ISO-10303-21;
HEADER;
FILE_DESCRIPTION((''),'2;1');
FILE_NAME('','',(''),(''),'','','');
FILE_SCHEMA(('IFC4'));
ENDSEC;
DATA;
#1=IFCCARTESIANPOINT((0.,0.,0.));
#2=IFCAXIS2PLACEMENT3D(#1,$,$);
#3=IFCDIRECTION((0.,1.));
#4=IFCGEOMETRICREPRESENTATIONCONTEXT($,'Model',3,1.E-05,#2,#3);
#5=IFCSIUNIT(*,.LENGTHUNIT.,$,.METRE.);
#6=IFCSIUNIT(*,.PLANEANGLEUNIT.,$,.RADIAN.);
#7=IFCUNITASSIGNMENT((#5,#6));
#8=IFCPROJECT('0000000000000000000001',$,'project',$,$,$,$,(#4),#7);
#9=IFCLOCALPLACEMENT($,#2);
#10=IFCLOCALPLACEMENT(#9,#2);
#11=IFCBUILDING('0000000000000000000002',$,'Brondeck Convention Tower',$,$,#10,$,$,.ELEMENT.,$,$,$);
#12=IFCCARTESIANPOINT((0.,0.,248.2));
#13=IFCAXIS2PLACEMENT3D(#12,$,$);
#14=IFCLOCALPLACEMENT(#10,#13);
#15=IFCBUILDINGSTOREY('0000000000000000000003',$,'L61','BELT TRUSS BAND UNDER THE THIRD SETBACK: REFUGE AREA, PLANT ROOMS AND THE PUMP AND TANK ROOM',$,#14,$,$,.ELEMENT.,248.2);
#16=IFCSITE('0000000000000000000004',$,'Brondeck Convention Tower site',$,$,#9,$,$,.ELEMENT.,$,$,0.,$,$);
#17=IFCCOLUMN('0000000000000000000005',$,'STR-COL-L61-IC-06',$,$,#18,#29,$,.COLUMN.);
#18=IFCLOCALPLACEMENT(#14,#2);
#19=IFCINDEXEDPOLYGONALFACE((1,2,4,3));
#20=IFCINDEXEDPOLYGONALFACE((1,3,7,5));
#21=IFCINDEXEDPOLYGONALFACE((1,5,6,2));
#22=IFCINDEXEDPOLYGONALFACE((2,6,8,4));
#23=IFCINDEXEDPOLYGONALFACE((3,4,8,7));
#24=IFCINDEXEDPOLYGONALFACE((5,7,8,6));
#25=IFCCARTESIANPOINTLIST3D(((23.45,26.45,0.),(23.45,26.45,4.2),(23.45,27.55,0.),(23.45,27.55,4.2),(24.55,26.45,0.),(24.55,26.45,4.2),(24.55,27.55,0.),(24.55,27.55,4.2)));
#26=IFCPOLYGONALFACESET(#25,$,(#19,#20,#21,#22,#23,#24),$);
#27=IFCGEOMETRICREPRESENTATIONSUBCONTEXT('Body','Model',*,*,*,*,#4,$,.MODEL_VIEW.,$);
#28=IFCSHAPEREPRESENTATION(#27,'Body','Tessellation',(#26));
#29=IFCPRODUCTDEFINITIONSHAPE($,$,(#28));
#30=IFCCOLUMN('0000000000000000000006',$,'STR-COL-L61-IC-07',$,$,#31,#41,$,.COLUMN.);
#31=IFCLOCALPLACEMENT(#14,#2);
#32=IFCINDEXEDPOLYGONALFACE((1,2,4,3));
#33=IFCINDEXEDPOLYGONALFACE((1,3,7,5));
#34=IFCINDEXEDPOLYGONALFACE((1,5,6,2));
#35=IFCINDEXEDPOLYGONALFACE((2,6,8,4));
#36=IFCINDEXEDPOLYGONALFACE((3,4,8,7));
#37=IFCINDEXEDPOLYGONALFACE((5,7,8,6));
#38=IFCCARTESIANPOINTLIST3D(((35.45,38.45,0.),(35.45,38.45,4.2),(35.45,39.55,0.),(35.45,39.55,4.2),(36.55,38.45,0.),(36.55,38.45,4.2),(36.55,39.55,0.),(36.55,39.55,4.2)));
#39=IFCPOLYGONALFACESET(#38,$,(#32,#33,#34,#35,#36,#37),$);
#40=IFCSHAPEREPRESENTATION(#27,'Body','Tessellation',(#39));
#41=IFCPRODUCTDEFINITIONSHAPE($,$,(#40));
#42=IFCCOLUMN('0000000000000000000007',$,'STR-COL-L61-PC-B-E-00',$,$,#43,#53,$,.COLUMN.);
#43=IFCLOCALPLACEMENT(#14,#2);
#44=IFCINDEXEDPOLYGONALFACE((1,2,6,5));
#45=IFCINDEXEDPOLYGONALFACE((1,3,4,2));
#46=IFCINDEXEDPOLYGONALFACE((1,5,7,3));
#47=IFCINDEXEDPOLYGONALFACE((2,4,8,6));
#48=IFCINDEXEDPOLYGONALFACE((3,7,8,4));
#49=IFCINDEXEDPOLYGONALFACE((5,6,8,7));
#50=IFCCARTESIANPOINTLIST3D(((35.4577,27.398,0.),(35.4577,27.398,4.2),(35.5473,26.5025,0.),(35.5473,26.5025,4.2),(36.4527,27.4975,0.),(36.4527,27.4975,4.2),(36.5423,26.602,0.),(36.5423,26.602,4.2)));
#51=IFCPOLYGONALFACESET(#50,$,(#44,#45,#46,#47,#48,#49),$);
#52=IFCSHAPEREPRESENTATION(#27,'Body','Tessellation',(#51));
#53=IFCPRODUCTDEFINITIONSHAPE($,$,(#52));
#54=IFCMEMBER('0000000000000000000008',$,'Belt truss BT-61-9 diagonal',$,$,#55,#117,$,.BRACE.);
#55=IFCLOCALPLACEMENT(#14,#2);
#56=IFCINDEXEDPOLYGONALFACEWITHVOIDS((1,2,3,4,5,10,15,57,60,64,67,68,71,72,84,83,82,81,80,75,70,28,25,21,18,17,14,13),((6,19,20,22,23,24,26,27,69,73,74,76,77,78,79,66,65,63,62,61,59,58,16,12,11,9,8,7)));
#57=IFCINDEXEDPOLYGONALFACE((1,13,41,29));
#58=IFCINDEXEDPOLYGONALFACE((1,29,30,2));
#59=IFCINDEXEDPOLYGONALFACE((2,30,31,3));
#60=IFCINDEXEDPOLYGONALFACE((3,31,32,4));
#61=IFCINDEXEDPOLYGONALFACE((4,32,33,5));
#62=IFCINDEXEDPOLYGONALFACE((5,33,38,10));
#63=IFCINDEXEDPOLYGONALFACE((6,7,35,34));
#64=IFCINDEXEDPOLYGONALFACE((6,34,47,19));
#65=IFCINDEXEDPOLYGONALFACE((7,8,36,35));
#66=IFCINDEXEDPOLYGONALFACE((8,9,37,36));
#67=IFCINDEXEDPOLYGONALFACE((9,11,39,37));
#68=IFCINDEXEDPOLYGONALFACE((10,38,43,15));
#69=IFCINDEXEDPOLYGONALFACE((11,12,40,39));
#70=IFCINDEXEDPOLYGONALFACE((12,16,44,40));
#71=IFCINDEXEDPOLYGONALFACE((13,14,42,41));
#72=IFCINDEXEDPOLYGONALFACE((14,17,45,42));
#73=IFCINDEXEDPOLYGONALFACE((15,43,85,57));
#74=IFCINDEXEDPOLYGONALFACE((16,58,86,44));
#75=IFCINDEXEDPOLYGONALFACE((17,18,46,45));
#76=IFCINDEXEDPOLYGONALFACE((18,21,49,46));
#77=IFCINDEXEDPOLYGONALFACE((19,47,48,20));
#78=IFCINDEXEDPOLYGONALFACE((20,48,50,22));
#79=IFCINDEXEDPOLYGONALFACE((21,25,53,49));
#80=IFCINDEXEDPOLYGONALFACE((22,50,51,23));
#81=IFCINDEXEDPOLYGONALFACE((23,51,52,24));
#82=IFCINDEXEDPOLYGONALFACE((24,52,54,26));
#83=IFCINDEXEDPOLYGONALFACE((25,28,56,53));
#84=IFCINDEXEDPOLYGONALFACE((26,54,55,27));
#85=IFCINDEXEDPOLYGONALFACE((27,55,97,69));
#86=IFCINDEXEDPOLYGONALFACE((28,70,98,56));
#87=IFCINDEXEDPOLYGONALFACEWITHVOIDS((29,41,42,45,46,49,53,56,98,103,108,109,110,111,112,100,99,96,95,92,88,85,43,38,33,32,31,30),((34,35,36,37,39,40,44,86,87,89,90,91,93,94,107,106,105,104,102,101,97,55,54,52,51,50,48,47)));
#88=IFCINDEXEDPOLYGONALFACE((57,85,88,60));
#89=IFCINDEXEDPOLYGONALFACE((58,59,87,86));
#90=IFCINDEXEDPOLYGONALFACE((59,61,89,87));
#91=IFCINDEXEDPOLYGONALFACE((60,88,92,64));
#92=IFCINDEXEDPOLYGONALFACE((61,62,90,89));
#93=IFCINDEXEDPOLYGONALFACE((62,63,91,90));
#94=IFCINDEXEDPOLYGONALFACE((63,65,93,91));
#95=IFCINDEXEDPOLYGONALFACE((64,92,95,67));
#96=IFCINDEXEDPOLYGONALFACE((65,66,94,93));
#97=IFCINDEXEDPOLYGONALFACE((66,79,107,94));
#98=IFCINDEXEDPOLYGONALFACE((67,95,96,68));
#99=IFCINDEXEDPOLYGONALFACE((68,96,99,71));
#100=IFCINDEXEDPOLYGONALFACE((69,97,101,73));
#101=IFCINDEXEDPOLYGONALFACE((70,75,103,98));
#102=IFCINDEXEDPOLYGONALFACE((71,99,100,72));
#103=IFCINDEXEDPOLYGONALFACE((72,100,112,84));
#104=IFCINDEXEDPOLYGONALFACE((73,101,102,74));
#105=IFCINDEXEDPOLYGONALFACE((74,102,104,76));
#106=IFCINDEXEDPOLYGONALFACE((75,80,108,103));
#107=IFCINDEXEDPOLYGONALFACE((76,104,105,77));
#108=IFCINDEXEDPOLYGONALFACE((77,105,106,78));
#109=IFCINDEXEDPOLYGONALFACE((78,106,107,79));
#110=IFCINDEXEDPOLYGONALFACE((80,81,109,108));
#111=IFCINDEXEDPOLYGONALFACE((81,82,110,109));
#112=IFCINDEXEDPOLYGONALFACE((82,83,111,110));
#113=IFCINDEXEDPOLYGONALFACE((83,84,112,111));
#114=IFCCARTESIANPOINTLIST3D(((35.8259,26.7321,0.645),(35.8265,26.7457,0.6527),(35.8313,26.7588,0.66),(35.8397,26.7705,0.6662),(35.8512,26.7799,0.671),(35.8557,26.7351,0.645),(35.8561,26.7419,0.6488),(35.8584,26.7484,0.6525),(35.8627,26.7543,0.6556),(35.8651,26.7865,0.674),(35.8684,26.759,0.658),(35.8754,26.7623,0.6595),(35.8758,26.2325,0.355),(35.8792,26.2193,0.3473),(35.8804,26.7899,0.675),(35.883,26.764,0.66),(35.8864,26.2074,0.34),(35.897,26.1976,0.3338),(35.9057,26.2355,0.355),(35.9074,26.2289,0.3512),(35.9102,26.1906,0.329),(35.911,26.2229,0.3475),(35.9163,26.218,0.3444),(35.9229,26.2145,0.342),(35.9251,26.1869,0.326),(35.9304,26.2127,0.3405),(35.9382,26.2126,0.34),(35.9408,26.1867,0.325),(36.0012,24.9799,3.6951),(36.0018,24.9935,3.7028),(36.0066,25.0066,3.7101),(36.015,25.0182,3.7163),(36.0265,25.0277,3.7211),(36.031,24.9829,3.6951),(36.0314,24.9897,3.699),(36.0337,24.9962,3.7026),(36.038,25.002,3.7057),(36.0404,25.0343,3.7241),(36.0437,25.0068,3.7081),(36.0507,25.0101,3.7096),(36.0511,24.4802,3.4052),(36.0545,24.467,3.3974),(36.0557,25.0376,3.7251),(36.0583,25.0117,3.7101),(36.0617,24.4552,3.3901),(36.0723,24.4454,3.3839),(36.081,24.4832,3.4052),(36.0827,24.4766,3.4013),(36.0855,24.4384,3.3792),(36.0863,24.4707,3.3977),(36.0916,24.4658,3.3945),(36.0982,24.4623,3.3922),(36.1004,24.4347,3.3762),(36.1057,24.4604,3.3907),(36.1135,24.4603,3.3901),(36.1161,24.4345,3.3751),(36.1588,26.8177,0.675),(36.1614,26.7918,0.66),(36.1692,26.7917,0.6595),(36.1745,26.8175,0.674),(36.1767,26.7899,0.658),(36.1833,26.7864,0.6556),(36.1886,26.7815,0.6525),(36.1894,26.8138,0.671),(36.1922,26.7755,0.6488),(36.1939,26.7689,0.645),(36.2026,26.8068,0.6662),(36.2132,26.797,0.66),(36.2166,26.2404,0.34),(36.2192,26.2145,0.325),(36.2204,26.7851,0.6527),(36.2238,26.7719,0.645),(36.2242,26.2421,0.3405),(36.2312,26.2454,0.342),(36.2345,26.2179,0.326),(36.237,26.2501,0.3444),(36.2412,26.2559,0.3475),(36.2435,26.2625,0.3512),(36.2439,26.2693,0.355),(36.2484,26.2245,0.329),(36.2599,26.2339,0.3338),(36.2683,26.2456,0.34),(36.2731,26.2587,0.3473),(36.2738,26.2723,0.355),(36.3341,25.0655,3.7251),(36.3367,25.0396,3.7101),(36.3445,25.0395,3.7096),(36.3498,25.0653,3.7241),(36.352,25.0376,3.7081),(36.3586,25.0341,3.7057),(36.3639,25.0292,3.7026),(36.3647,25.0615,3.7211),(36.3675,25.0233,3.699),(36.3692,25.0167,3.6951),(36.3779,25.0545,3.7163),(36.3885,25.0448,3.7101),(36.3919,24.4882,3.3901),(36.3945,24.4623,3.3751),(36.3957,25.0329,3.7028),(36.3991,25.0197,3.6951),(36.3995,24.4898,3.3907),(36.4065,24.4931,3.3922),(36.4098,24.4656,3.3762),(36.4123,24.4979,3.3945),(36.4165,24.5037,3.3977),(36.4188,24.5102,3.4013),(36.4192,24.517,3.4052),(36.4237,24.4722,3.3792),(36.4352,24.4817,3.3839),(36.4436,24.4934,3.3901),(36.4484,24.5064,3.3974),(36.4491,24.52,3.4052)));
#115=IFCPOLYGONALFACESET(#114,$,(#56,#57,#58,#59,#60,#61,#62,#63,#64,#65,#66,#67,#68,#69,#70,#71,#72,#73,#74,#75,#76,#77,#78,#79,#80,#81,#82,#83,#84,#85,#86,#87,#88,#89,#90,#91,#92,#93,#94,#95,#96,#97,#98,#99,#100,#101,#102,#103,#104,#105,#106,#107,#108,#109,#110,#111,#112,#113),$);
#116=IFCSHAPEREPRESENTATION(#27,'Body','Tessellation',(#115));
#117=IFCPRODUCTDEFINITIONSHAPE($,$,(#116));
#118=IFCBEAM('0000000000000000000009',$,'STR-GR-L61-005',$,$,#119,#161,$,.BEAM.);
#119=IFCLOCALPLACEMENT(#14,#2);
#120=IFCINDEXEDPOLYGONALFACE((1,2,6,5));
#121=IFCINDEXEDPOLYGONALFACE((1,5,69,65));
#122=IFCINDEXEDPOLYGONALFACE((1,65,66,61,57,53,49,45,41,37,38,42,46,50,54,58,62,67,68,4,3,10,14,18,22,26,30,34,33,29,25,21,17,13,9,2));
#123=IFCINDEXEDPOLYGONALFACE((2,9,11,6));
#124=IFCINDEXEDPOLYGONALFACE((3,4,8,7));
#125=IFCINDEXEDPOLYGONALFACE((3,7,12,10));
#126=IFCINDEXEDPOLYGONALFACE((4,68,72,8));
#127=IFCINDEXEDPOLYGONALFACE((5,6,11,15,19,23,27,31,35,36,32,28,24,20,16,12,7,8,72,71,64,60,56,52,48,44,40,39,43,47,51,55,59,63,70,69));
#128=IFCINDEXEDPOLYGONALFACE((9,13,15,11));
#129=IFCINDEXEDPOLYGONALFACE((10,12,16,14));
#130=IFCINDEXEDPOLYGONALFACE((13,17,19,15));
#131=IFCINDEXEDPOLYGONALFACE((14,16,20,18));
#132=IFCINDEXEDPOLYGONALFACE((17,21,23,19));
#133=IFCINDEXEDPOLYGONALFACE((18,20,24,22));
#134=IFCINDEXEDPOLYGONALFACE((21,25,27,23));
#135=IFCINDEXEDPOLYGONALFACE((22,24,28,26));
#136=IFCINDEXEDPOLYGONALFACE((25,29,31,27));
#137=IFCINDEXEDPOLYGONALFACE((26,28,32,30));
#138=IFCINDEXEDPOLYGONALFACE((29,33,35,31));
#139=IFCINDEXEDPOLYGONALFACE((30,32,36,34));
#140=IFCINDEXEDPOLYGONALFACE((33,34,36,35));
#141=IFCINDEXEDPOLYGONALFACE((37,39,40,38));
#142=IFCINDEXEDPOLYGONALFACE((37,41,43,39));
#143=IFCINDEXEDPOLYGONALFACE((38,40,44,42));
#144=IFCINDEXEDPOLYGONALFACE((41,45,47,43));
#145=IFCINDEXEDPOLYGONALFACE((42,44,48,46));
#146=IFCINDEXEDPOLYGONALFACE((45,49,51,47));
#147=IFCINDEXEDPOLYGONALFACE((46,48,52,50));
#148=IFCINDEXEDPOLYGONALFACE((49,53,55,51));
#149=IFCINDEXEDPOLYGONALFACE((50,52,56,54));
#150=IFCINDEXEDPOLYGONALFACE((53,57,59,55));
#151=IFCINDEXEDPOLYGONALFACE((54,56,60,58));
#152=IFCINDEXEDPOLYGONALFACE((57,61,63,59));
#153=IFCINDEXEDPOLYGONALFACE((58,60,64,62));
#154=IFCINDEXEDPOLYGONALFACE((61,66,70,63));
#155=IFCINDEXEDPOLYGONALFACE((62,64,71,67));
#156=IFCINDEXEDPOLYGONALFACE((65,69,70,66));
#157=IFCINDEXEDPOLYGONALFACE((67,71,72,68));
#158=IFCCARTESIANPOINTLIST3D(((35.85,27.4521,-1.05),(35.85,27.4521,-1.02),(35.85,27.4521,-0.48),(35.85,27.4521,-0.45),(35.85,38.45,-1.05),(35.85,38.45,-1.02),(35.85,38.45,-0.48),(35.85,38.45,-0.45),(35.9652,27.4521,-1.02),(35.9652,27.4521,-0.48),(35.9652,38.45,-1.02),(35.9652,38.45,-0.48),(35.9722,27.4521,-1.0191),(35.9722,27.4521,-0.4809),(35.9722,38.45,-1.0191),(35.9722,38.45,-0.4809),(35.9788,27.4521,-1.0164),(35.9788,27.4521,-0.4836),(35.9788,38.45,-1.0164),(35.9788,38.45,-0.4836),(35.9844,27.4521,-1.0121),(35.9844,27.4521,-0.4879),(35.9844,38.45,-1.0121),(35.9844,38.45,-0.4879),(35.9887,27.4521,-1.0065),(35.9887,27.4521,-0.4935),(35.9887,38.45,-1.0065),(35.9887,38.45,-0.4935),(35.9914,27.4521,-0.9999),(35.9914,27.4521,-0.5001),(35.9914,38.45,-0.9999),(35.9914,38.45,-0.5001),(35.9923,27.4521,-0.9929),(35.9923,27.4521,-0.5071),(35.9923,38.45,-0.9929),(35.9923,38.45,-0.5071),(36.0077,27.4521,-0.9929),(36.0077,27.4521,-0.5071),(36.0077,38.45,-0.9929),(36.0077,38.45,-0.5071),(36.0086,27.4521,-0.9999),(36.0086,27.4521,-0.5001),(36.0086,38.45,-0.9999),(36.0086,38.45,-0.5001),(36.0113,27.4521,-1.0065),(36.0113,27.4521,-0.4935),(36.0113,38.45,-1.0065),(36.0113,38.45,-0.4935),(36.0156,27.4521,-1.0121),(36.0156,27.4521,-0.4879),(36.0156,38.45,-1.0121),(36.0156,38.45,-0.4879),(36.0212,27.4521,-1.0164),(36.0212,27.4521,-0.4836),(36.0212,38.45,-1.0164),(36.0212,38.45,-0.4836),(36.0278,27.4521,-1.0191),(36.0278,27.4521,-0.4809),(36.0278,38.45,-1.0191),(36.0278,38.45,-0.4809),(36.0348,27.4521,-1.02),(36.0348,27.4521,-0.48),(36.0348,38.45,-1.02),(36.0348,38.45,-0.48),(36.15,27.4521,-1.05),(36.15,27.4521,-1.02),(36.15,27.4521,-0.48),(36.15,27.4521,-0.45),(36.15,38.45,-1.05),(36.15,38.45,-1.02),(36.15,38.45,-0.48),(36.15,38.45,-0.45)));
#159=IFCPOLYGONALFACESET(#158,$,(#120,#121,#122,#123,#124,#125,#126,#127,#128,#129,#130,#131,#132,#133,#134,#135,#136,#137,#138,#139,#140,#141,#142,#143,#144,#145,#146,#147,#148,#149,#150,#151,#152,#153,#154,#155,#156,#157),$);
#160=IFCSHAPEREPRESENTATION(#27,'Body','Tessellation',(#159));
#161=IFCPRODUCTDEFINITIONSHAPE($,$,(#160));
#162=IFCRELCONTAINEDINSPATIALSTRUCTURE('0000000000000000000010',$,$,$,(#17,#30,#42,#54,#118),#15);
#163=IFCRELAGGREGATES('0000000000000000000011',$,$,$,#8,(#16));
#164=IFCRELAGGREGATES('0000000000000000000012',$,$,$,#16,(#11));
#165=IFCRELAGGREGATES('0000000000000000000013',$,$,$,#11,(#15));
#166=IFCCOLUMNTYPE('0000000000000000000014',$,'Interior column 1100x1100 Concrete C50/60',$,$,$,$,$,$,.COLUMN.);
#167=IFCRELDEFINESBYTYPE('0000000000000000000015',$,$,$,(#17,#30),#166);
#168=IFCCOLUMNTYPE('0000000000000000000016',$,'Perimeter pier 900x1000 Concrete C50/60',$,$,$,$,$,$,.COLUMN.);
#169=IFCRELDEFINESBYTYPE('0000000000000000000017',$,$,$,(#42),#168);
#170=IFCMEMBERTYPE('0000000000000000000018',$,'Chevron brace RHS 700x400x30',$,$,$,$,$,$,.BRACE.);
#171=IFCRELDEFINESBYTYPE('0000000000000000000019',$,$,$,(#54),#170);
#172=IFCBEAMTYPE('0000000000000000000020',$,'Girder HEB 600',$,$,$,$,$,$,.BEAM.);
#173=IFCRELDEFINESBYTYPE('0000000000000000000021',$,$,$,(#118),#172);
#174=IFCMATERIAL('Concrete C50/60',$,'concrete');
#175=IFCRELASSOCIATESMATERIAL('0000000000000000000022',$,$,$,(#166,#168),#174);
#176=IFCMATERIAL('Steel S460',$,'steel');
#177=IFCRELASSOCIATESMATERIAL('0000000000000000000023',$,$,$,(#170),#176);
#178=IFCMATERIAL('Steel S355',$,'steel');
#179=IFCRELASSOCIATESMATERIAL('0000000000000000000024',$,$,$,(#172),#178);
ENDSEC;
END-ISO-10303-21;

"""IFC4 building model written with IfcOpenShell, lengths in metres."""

from ifc_helpers import new_model, si_unit, direction, frame, origin, origin_2d, place, context, subcontext, project, spatial, rectangle, hollow_rectangle, i_section, extrude, material, material_profile, profile_set, type_object, element, save


model = new_model("IFC4")

# Units and contexts
model_context = context("Model", 3, precision=1e-05, world=origin(), true_north=direction((0.0, 1.0)))
body_context = subcontext(model_context, "Body", "Model", "MODEL_VIEW")
ifc_project = project(units=[si_unit("LENGTHUNIT", "METRE"), si_unit("PLANEANGLEUNIT", "RADIAN")], contexts=[model_context])

# Site, building, storey
site_placement = place(None, origin())
site = spatial("IfcSite", under=ifc_project, at=site_placement, Name="Brondeck Convention Tower site", CompositionType="ELEMENT", RefElevation=0.0)
building_placement = place(site_placement, origin())
building = spatial("IfcBuilding", under=site, at=building_placement, Name="Brondeck Convention Tower", CompositionType="ELEMENT")
storey_placement = place(building_placement, frame((0.0, 0.0, 248.2)))
storey = spatial("IfcBuildingStorey", under=building, at=storey_placement, Name="L61", Description="BELT TRUSS BAND UNDER THE THIRD SETBACK: REFUGE AREA, PLANT ROOMS AND THE PUMP AND TANK ROOM", CompositionType="ELEMENT", Elevation=248.2)

# Columns
ifc_material_1 = material(Name="Concrete C50/60", Category="concrete")
ifc_material_profile_1 = material_profile(ifc_material_1, rectangle(XDim=1.1001, YDim=1.1001, at=origin_2d()), Name="Interior column 1100x1100 Concrete C50/60")
ifc_profile_set_1 = profile_set([ifc_material_profile_1], Name="Concrete C50/60")
column_type_1 = type_object("IfcColumnType", Name="Interior column 1100x1100 Concrete C50/60", PredefinedType="COLUMN", material=ifc_profile_set_1)
for number, where, z_axis, x_axis, name in (
    (1, (24.0, 27.0, 0.0), (0.0, 0.0, 1.0), (1.0, 0.0, 0.0), "STR-COL-L61-IC-06"),
    (2, (36.0, 39.0, 0.0), (0.0, 0.0, 1.0), (1.0, 0.0, 0.0), "STR-COL-L61-IC-07"),
):
    element("IfcColumn", number, at=place(storey_placement, frame(where, z_axis=z_axis, x_axis=x_axis)), inside=storey, type_object=column_type_1, Name=name, PredefinedType="COLUMN", context=body_context, shape_type="SweptSolid", body=[
        extrude(rectangle(XDim=1.1001, YDim=1.1001, at=origin_2d()), origin(), (0.0, 0.0, 1.0), 4.2),
    ])
ifc_material_profile_2 = material_profile(ifc_material_1, rectangle(XDim=0.8999, YDim=1.0, at=origin_2d()), Name="Perimeter pier 900x1000 Concrete C50/60")
ifc_profile_set_2 = profile_set([ifc_material_profile_2], Name="Concrete C50/60")
column_type_2 = type_object("IfcColumnType", Name="Perimeter pier 900x1000 Concrete C50/60", PredefinedType="COLUMN", material=ifc_profile_set_2)
column_placement = place(storey_placement, frame((36.0, 27.0, 0.0), z_axis=(0.0, 0.0, 1.0), x_axis=(-0.099504, 0.995037, 0.0)))
element("IfcColumn", 3, at=column_placement, inside=storey, type_object=column_type_2, Name="STR-COL-L61-PC-B-E-00", PredefinedType="COLUMN", context=body_context, shape_type="SweptSolid", body=[
    extrude(rectangle(XDim=0.8999, YDim=1.0, at=origin_2d()), origin(), (0.0, 0.0, 1.0), 4.2),
])

# Member
ifc_material_2 = material(Name="Steel S460", Category="steel")
ifc_material_profile_3 = material_profile(ifc_material_2, hollow_rectangle(XDim=0.3999, YDim=0.7, WallThickness=0.03, InnerFilletRadius=0.03, OuterFilletRadius=0.0601, at=origin_2d()), Name="RHS 700x400x30")
ifc_profile_set_3 = profile_set([ifc_material_profile_3], Name="Steel S460")
member_type_1 = type_object("IfcMemberType", Name="Chevron brace RHS 700x400x30", PredefinedType="BRACE", material=ifc_profile_set_3)
member_1_placement = place(storey_placement, frame((36.0498, 26.5022, 0.5), z_axis=(0.049772, -0.497516, 0.866026), x_axis=(0.995033, 0.099545, 0.0)))
element("IfcMember", 4, at=member_1_placement, inside=storey, type_object=member_type_1, Name="Belt truss BT-61-9 diagonal", PredefinedType="BRACE", context=body_context, shape_type="SweptSolid", body=[
    extrude(hollow_rectangle(XDim=0.3999, YDim=0.7, WallThickness=0.03, InnerFilletRadius=0.03, OuterFilletRadius=0.0601, at=origin_2d()), origin(), (0.0, 0.0, 1.0), 3.522),
])

# Beam
ifc_material_3 = material(Name="Steel S355", Category="steel")
ifc_material_profile_4 = material_profile(ifc_material_3, i_section(OverallWidth=0.3, OverallDepth=0.6001, WebThickness=0.0154, FlangeThickness=0.03, FilletRadius=0.0271, at=origin_2d()), Name="HEB 600")
ifc_profile_set_4 = profile_set([ifc_material_profile_4], Name="Steel S355")
beam_type = type_object("IfcBeamType", Name="Girder HEB 600", PredefinedType="BEAM", material=ifc_profile_set_4)
beam_1_placement = place(storey_placement, frame((36.0, 27.4521, -0.75), z_axis=(0.0, 1.0, 0.0), x_axis=(-1.0, 0.0, 0.0)))
element("IfcBeam", 5, at=beam_1_placement, inside=storey, type_object=beam_type, Name="STR-GR-L61-005", PredefinedType="BEAM", context=body_context, shape_type="SweptSolid", body=[
    extrude(i_section(OverallWidth=0.3, OverallDepth=0.6001, WebThickness=0.0154, FlangeThickness=0.03, FilletRadius=0.0271, at=origin_2d()), origin(), (0.0, 0.0, 1.0), 10.9978),
])

save(model, "model.ifc")
